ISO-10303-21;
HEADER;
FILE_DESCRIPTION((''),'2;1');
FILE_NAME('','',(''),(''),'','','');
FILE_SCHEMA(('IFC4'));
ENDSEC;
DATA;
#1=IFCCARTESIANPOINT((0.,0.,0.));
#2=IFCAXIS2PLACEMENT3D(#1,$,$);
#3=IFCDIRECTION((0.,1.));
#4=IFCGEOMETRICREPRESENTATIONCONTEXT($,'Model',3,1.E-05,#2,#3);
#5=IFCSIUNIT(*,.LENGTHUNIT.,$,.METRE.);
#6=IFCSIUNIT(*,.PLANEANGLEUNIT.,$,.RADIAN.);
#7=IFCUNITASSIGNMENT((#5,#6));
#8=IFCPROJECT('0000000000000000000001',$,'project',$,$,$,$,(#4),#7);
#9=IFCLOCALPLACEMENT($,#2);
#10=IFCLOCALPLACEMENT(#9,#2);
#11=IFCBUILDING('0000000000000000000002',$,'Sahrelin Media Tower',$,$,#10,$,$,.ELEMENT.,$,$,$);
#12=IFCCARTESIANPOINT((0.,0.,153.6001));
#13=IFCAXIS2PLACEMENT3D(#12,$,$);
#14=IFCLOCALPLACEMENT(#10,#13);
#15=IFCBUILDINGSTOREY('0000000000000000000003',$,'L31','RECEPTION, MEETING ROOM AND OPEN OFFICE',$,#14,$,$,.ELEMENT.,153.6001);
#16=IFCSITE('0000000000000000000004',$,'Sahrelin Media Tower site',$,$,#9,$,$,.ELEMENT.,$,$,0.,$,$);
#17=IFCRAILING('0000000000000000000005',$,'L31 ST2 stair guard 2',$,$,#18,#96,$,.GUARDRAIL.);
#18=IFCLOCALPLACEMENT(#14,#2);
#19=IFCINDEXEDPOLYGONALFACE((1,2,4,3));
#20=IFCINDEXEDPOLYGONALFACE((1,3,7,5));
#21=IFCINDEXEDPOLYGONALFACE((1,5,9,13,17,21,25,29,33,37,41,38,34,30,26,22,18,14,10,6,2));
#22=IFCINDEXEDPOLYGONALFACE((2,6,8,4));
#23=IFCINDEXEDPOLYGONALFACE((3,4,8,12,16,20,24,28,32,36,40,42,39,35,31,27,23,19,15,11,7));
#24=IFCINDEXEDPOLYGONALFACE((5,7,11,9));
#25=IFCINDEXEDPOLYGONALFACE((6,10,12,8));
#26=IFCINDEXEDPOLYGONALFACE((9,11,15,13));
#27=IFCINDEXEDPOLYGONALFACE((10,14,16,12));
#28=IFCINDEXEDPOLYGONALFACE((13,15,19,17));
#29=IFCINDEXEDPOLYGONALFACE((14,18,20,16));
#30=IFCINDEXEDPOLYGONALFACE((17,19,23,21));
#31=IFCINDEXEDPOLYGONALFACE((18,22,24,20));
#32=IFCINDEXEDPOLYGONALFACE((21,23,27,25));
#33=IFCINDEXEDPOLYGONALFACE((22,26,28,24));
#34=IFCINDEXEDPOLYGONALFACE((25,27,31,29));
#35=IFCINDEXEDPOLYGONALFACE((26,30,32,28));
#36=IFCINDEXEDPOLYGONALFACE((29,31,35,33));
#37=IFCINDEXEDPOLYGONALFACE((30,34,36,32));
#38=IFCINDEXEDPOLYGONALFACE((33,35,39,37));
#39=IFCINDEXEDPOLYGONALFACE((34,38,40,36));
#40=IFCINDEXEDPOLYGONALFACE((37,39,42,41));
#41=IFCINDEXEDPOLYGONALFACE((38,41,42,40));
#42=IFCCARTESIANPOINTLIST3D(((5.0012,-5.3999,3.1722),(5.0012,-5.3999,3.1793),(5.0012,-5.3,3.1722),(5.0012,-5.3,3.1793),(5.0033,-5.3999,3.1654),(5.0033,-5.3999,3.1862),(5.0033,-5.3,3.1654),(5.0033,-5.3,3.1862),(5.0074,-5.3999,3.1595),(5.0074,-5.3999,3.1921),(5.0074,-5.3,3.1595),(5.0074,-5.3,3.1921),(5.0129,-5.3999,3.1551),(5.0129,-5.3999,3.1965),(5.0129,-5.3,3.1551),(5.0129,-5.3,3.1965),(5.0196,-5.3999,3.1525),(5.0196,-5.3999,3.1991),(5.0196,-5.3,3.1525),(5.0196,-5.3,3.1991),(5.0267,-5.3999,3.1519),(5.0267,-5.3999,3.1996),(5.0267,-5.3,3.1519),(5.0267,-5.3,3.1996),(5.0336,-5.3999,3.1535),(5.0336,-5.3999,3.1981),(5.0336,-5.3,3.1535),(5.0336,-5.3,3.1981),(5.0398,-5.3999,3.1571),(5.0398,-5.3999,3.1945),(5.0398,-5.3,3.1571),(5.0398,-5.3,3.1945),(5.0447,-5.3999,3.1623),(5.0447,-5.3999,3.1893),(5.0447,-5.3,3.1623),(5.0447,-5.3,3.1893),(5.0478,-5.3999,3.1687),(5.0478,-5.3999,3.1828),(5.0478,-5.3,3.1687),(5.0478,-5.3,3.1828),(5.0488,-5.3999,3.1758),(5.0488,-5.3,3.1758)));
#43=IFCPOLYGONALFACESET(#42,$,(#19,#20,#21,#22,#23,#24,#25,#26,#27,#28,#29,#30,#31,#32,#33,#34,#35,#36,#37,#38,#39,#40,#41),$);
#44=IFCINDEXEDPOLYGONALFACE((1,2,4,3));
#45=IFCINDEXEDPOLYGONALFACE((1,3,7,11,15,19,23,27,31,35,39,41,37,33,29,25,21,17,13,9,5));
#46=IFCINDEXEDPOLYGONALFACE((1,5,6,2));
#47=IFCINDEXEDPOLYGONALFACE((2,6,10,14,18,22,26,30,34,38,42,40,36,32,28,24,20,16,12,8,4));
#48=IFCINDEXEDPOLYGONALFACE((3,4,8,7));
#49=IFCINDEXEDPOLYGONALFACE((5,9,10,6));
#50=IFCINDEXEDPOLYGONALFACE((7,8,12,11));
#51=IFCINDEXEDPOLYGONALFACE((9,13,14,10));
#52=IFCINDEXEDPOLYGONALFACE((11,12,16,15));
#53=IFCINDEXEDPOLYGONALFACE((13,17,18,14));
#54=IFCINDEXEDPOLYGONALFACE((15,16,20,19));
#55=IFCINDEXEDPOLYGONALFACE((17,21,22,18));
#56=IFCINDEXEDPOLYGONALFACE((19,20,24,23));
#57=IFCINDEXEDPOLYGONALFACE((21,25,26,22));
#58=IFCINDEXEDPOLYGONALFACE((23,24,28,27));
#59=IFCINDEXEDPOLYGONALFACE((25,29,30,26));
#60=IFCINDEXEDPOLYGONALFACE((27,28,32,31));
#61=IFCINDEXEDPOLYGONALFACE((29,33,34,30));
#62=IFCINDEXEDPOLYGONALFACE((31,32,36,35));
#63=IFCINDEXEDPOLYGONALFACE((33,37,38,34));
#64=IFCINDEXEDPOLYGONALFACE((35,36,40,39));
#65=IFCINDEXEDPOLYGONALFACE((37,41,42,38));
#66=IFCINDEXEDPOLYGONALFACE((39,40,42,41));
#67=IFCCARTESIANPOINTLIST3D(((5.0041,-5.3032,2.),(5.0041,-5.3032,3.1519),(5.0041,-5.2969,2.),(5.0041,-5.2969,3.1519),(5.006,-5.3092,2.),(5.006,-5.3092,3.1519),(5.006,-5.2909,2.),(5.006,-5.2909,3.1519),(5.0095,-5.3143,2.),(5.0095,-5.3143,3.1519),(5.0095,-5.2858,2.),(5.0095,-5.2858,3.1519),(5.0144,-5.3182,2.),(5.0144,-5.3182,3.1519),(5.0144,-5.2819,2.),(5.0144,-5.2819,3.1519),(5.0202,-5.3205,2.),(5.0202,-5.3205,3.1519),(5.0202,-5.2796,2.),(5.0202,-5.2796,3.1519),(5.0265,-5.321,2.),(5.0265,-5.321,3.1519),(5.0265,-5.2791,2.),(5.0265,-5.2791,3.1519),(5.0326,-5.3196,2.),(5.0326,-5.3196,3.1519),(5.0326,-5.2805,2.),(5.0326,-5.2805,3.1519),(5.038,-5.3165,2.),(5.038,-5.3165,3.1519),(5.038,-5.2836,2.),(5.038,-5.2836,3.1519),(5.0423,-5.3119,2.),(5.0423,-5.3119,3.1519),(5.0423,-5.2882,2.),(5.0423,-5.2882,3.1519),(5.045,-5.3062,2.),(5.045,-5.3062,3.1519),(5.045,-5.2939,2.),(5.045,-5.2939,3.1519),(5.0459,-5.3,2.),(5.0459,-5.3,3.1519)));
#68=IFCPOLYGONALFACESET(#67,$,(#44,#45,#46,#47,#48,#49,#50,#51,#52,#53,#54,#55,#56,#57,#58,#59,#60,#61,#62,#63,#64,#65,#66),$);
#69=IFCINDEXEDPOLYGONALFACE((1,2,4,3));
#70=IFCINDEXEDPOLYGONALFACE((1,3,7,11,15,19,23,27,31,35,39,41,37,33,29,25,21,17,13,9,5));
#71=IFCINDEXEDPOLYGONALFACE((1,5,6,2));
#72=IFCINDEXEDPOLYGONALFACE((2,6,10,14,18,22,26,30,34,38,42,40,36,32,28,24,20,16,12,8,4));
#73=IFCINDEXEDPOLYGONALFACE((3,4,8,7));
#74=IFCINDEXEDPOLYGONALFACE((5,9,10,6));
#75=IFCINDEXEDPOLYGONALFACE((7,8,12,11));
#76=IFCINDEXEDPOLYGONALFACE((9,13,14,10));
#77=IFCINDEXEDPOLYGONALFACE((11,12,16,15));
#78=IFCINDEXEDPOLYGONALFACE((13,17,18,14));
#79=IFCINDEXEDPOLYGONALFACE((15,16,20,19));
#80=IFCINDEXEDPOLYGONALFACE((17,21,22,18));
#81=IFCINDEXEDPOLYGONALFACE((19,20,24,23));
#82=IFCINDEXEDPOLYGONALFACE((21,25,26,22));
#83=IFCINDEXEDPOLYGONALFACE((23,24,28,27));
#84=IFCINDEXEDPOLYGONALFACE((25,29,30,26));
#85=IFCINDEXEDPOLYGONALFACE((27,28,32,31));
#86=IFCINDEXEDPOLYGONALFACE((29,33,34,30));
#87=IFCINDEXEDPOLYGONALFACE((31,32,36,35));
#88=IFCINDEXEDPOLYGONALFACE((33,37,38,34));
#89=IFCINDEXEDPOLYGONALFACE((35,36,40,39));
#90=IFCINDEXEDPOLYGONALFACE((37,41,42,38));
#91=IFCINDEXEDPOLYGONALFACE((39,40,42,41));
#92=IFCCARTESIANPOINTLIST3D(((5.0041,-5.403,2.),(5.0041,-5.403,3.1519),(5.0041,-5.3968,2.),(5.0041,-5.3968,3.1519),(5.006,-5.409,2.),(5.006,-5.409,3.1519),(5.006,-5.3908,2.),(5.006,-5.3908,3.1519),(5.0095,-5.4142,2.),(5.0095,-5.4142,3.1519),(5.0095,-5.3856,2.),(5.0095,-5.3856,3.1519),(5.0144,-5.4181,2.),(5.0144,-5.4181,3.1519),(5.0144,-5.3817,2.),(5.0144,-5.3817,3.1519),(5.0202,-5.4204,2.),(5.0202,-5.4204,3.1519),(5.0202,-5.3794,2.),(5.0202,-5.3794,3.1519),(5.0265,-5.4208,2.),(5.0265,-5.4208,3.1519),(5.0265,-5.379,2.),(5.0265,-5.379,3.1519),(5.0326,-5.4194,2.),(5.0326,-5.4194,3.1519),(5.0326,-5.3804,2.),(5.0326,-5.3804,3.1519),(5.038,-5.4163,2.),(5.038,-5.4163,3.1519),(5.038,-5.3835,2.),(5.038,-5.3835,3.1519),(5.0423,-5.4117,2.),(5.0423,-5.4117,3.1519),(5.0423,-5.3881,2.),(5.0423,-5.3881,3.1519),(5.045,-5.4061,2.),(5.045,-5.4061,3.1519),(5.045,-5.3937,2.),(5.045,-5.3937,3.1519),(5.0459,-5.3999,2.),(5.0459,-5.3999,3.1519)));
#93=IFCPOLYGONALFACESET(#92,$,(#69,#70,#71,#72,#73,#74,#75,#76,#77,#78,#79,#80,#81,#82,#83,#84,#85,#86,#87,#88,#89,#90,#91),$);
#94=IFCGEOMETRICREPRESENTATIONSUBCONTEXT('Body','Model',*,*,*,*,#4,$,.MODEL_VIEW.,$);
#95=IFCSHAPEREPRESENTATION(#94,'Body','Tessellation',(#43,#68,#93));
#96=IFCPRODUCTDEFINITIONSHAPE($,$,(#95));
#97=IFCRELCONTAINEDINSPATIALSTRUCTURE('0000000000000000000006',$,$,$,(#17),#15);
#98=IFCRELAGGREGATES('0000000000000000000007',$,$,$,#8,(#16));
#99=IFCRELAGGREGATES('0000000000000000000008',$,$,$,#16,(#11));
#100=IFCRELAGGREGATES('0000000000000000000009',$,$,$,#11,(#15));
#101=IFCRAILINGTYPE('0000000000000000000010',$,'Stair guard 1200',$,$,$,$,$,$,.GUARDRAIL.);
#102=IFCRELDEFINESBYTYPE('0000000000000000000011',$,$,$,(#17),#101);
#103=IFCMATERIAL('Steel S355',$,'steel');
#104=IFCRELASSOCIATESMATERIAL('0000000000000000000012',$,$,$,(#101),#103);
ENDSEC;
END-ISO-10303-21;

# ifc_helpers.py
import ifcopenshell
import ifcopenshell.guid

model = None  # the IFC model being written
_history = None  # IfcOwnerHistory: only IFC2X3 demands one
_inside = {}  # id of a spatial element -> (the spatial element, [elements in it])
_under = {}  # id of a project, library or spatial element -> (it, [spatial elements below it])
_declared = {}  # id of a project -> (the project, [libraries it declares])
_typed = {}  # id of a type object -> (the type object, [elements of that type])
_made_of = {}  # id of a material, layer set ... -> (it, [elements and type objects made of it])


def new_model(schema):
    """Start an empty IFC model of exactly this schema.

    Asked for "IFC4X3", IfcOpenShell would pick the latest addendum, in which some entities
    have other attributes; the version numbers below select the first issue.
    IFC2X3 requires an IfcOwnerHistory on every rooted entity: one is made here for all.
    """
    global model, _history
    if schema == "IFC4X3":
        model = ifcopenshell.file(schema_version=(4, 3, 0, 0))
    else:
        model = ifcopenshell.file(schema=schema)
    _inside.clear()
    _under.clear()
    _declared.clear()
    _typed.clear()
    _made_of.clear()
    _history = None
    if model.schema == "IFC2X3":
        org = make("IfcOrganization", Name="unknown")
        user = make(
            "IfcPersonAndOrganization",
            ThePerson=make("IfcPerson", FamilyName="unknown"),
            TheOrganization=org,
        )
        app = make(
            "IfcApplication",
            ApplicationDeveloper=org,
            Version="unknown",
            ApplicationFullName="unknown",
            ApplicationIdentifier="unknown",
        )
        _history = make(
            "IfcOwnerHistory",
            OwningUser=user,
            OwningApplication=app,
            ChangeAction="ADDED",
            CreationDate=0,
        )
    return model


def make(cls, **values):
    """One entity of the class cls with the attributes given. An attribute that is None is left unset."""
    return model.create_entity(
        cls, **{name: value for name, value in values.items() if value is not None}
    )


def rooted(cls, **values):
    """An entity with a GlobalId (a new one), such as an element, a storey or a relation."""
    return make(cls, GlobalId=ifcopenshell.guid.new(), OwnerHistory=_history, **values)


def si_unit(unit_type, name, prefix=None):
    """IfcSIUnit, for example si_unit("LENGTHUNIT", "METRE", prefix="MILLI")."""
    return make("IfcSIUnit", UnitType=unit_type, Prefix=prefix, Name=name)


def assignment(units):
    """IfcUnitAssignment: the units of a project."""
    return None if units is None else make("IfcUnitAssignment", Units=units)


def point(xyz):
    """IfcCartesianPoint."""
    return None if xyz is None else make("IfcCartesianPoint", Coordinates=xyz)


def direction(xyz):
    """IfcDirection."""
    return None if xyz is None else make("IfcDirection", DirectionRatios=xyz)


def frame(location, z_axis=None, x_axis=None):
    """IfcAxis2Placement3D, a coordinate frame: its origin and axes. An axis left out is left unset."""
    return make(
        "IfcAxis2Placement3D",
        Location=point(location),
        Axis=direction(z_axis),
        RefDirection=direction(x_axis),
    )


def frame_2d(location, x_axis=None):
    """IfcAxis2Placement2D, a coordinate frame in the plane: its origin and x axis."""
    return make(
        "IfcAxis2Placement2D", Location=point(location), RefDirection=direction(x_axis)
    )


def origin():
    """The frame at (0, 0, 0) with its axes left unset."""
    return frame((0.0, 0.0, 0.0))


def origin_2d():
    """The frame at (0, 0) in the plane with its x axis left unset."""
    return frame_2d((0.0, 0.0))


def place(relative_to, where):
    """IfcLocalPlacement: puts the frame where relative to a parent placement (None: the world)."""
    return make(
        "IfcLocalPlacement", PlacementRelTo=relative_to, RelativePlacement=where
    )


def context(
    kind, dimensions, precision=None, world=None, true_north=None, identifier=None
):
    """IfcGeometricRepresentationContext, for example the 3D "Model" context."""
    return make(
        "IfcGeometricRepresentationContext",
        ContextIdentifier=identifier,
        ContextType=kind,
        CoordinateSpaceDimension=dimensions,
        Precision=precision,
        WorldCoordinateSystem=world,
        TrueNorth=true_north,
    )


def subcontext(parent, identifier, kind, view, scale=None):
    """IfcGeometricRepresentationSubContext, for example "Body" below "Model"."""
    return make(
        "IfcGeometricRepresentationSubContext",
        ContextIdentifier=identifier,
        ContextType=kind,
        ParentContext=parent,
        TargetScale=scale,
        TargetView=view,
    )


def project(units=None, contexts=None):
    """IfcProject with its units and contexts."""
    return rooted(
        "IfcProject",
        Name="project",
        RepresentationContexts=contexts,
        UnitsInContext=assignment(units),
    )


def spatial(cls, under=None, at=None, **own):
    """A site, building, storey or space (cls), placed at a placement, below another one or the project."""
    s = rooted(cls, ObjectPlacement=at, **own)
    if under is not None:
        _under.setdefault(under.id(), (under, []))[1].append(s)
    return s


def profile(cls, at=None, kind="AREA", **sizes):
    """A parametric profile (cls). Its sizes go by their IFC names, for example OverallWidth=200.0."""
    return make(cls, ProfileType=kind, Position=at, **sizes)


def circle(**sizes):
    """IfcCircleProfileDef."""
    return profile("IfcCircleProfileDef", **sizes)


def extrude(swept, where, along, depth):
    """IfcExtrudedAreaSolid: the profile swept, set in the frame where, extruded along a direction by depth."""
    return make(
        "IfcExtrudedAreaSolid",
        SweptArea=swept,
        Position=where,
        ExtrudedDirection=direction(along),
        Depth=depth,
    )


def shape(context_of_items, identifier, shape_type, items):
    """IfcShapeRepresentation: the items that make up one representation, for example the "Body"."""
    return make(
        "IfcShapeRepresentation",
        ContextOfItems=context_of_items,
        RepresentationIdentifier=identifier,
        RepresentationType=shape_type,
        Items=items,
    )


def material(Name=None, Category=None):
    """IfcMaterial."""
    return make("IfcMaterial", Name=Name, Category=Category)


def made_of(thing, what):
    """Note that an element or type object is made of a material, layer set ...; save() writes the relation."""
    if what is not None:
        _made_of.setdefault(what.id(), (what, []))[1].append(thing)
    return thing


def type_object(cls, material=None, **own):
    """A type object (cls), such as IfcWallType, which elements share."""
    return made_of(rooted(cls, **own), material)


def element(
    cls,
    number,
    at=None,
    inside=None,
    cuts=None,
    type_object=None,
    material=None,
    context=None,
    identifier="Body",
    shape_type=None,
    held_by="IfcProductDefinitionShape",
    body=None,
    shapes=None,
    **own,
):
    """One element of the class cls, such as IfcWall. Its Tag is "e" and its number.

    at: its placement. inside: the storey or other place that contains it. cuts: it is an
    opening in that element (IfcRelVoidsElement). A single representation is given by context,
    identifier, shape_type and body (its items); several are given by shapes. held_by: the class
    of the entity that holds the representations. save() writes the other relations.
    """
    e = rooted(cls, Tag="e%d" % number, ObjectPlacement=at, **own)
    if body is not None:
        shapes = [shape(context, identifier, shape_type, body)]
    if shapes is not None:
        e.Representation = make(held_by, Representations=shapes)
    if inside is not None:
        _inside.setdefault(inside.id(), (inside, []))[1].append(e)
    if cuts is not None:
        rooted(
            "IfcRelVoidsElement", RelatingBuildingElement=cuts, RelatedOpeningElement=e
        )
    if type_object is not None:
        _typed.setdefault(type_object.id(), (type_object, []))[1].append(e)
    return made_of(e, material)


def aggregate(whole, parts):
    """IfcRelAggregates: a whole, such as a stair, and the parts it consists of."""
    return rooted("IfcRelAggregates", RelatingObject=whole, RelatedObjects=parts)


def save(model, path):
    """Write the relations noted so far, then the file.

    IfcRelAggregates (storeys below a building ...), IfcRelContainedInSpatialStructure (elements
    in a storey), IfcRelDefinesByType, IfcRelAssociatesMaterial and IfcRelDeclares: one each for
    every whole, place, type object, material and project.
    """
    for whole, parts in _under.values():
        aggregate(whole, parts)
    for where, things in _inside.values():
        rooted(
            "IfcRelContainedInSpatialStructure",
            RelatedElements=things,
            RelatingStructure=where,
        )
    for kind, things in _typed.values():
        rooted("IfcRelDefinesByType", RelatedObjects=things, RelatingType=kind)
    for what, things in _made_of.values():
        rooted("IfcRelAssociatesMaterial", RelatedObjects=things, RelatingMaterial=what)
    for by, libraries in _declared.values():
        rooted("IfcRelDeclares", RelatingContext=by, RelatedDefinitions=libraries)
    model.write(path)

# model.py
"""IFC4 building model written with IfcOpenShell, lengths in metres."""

from ifc_helpers import new_model, si_unit, direction, frame, origin, origin_2d, place, context, subcontext, project, spatial, circle, extrude, material, type_object, element, save


model = new_model("IFC4")

# Units and contexts
model_context = context("Model", 3, precision=1e-05, world=origin(), true_north=direction((0.0, 1.0)))
body_context = subcontext(model_context, "Body", "Model", "MODEL_VIEW")
ifc_project = project(units=[si_unit("LENGTHUNIT", "METRE"), si_unit("PLANEANGLEUNIT", "RADIAN")], contexts=[model_context])

# Site, building, storey
site_placement = place(None, origin())
site = spatial("IfcSite", under=ifc_project, at=site_placement, Name="Sahrelin Media Tower site", CompositionType="ELEMENT", RefElevation=0.0)
building_placement = place(site_placement, origin())
building = spatial("IfcBuilding", under=site, at=building_placement, Name="Sahrelin Media Tower", CompositionType="ELEMENT")
storey_placement = place(building_placement, frame((0.0, 0.0, 153.6001)))
storey = spatial("IfcBuildingStorey", under=building, at=storey_placement, Name="L31", Description="RECEPTION, MEETING ROOM AND OPEN OFFICE", CompositionType="ELEMENT", Elevation=153.6001)

# Railing
ifc_material_1 = material(Name="Steel S355", Category="steel")
railing_type_1 = type_object("IfcRailingType", Name="Stair guard 1200", PredefinedType="GUARDRAIL", material=ifc_material_1)
railing_1_placement = place(storey_placement, frame((5.0249, -5.3, 2.0)))
element("IfcRailing", 1, at=railing_1_placement, inside=storey, type_object=railing_type_1, Name="L31 ST2 stair guard 2", PredefinedType="GUARDRAIL", context=body_context, shape_type="SweptSolid", body=[
    extrude(circle(Radius=0.0239, at=origin_2d()), frame((0.0, 0.0, 1.1758), z_axis=(0.0, -1.0, 0.0), x_axis=(1.0, 0.0, 0.0)), (0.0, 0.0, 1.0), 0.0999),
    extrude(circle(Radius=0.021, at=origin_2d()), origin(), (0.0, 0.0, 1.0), 1.1519),
    extrude(circle(Radius=0.021, at=origin_2d()), frame((0.0, -0.0999, 0.0)), (0.0, 0.0, 1.0), 1.1519),
])

save(model, "model.ifc")
